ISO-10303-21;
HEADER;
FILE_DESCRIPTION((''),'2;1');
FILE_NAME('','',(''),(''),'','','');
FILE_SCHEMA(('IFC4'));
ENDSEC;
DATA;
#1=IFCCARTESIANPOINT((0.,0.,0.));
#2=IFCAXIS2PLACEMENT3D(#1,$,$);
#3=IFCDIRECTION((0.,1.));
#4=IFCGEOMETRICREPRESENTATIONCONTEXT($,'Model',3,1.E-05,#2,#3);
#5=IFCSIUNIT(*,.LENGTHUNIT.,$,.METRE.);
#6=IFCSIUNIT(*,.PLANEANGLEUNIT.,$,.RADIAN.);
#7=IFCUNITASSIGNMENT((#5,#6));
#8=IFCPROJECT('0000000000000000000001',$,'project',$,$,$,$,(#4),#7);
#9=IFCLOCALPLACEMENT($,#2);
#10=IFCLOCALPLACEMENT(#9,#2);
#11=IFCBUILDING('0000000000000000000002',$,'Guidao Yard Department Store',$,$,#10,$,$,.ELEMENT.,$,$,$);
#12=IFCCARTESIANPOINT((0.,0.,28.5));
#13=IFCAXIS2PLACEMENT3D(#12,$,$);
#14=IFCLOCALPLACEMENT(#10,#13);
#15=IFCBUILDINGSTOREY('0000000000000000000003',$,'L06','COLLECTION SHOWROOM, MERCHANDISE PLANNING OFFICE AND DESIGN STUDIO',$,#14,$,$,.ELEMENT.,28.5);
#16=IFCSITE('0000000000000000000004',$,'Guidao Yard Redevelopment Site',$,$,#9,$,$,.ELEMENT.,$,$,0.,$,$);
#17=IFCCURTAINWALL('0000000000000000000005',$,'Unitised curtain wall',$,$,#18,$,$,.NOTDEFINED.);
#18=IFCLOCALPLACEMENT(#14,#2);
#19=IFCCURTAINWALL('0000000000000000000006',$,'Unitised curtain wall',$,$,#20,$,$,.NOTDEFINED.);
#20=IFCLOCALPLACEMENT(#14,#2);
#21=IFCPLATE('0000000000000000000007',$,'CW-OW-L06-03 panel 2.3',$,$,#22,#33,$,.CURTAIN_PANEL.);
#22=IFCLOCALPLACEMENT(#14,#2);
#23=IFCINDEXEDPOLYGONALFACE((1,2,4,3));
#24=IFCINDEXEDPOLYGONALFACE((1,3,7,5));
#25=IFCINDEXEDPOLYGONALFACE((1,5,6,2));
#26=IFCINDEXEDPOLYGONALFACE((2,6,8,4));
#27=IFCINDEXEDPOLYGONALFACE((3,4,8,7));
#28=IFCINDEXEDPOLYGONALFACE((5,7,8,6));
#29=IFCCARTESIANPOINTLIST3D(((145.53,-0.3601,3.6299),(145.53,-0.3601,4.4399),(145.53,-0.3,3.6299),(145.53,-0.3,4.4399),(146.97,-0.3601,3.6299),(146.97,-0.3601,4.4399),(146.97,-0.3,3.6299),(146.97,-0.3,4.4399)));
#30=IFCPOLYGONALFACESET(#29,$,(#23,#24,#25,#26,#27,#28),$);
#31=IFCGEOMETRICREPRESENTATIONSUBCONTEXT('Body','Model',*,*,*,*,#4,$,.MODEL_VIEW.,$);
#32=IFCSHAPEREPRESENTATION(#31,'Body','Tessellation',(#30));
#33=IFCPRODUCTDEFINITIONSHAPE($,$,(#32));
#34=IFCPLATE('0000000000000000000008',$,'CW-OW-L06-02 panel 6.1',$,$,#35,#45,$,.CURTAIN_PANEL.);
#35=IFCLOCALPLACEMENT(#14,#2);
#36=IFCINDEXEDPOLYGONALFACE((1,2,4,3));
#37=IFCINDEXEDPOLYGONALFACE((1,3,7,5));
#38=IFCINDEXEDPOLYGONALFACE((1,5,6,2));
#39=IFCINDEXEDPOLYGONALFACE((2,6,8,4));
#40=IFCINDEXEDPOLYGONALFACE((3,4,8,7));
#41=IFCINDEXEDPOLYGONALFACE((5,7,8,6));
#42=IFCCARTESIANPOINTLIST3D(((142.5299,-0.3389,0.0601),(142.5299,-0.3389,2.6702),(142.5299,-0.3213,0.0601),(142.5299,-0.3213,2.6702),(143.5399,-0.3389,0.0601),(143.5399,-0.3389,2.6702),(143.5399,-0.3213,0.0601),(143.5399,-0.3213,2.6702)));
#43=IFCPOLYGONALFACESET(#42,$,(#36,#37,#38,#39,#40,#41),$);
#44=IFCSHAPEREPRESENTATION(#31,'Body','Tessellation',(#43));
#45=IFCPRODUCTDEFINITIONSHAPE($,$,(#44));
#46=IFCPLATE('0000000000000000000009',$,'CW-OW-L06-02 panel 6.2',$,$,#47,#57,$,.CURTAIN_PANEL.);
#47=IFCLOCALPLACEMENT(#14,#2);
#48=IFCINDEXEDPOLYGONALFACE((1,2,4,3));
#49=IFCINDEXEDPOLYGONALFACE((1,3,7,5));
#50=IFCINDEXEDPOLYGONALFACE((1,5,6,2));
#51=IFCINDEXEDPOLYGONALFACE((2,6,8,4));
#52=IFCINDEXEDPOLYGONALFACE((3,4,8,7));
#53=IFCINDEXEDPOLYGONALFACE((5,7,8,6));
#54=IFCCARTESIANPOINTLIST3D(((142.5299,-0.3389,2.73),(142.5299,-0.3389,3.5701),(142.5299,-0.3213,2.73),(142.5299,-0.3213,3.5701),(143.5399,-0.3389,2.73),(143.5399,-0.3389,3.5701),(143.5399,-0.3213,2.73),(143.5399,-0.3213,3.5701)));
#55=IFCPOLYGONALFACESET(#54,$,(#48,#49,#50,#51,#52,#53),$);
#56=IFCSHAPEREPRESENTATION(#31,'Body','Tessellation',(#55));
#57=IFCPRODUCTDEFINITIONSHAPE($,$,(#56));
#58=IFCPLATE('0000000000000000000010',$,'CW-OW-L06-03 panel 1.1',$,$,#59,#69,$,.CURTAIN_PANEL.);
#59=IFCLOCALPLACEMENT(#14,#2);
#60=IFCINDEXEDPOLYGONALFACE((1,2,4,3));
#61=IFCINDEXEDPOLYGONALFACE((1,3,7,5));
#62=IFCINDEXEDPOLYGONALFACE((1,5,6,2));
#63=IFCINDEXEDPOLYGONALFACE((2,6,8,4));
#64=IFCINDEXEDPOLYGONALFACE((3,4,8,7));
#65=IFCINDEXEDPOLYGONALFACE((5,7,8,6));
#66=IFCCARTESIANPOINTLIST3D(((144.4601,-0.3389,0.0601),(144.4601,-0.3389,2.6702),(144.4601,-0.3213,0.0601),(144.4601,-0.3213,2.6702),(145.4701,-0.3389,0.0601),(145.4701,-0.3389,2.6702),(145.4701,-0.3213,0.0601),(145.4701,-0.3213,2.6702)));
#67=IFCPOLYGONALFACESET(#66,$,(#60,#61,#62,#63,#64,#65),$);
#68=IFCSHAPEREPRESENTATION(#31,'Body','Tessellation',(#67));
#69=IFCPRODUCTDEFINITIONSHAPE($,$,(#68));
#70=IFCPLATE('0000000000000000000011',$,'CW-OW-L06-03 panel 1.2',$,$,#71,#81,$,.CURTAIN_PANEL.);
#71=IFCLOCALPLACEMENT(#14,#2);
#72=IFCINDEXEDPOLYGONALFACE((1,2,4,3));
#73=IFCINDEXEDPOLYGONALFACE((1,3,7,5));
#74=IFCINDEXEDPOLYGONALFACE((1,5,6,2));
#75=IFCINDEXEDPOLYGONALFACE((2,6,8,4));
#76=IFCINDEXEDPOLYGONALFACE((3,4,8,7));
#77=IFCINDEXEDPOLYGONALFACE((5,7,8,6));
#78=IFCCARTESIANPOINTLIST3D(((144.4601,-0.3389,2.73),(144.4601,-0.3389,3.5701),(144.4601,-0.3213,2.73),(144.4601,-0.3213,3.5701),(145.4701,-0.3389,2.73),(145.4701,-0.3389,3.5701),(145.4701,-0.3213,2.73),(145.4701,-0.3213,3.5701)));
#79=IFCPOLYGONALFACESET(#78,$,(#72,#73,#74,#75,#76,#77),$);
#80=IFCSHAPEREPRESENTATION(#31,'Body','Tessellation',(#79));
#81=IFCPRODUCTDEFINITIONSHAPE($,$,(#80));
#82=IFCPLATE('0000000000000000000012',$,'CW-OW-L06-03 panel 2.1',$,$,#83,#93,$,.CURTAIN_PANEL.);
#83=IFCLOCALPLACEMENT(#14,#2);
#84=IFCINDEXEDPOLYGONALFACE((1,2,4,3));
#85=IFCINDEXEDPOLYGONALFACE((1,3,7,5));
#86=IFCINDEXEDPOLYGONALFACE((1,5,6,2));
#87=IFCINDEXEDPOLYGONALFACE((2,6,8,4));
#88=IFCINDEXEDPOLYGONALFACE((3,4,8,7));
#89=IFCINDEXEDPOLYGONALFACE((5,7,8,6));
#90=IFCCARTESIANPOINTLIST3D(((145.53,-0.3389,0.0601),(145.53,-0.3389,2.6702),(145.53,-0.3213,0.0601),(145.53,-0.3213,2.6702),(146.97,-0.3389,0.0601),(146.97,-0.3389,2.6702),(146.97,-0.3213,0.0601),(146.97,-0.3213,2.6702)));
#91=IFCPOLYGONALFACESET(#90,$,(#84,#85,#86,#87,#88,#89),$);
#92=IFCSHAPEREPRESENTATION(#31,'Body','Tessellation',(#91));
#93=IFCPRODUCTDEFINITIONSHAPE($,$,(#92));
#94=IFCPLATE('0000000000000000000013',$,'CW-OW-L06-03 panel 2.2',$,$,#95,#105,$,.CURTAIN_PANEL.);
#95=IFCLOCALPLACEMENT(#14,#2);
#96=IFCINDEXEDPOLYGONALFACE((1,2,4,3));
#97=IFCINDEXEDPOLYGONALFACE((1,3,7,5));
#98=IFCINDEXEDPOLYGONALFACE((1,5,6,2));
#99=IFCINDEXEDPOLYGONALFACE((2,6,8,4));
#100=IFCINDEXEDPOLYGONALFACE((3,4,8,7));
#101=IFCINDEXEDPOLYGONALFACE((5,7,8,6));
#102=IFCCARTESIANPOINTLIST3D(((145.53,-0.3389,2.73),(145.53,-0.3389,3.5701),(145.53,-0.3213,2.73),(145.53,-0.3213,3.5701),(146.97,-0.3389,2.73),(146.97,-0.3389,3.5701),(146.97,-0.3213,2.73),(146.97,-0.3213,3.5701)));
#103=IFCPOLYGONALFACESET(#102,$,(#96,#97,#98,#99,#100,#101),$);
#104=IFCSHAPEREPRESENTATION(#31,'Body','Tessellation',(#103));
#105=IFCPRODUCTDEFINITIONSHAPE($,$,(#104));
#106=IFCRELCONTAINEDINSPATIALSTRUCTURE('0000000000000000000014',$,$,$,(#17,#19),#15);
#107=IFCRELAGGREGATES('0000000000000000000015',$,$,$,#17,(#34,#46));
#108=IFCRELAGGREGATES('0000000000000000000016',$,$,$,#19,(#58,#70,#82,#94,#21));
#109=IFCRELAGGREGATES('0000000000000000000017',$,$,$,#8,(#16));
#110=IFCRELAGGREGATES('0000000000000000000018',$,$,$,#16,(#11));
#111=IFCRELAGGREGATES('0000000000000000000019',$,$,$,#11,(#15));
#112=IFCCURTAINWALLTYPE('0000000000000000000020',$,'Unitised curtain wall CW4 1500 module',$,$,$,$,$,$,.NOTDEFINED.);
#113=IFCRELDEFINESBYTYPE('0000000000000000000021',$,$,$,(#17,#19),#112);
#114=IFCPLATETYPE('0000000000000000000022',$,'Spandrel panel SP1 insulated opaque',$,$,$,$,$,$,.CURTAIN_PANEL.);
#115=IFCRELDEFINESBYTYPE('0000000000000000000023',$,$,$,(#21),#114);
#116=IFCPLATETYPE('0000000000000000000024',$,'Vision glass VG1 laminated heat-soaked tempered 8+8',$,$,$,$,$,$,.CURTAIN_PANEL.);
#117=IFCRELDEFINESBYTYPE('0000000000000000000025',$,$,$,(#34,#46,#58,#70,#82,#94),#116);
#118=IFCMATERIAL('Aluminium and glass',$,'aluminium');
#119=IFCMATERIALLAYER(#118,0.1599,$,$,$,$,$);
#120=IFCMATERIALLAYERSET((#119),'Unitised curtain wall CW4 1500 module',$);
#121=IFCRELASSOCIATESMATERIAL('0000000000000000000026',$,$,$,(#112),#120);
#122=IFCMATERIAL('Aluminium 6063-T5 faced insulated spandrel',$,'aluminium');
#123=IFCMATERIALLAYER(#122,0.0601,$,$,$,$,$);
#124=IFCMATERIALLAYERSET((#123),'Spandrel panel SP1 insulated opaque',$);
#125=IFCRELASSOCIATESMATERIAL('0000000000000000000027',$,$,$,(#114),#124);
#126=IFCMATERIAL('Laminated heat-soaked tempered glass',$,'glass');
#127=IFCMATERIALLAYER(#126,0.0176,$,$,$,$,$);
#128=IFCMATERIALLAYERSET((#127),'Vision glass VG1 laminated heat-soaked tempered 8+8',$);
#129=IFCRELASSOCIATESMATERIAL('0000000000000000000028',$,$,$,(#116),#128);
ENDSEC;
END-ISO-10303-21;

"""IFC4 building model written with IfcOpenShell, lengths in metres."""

from ifc_helpers import new_model, si_unit, direction, frame, origin, origin_2d, place, context, subcontext, project, spatial, rectangle, extrude, material, layer, layer_set, type_object, element, aggregate, save


model = new_model("IFC4")

# Units and contexts
model_context = context("Model", 3, precision=1e-05, world=origin(), true_north=direction((0.0, 1.0)))
body_context = subcontext(model_context, "Body", "Model", "MODEL_VIEW")
ifc_project = project(units=[si_unit("LENGTHUNIT", "METRE"), si_unit("PLANEANGLEUNIT", "RADIAN")], contexts=[model_context])

# Site, building, storey
site_placement = place(None, origin())
site = spatial("IfcSite", under=ifc_project, at=site_placement, Name="Guidao Yard Redevelopment Site", CompositionType="ELEMENT", RefElevation=0.0)
building_placement = place(site_placement, origin())
building = spatial("IfcBuilding", under=site, at=building_placement, Name="Guidao Yard Department Store", CompositionType="ELEMENT")
storey_placement = place(building_placement, frame((0.0, 0.0, 28.5)))
storey = spatial("IfcBuildingStorey", under=building, at=storey_placement, Name="L06", Description="COLLECTION SHOWROOM, MERCHANDISE PLANNING OFFICE AND DESIGN STUDIO", CompositionType="ELEMENT", Elevation=28.5)

# Curtain walls
ifc_material_1 = material(Name="Aluminium and glass", Category="aluminium")
ifc_layer_1 = layer(ifc_material_1, 0.1599)
ifc_layer_set_1 = layer_set([ifc_layer_1], Name="Unitised curtain wall CW4 1500 module")
curtain_wall_type = type_object("IfcCurtainWallType", Name="Unitised curtain wall CW4 1500 module", PredefinedType="NOTDEFINED", material=ifc_layer_set_1)
curtain_wall_1_placement = place(storey_placement, origin())
curtain_wall_1 = element("IfcCurtainWall", 1, at=curtain_wall_1_placement, inside=storey, type_object=curtain_wall_type, Name="Unitised curtain wall", PredefinedType="NOTDEFINED")
curtain_wall_2_placement = place(storey_placement, origin())
curtain_wall_2 = element("IfcCurtainWall", 2, at=curtain_wall_2_placement, inside=storey, type_object=curtain_wall_type, Name="Unitised curtain wall", PredefinedType="NOTDEFINED")

# Plates
ifc_material_2 = material(Name="Aluminium 6063-T5 faced insulated spandrel", Category="aluminium")
ifc_layer_2 = layer(ifc_material_2, 0.0601)
ifc_layer_set_2 = layer_set([ifc_layer_2], Name="Spandrel panel SP1 insulated opaque")
plate_type_1 = type_object("IfcPlateType", Name="Spandrel panel SP1 insulated opaque", PredefinedType="CURTAIN_PANEL", material=ifc_layer_set_2)
plate_1_placement = place(storey_placement, frame((146.25, -0.3301, 3.6299), z_axis=(0.0, 0.0, 1.0), x_axis=(-1.0, 0.0, 0.0)))
plate_1 = element("IfcPlate", 3, at=plate_1_placement, type_object=plate_type_1, Name="CW-OW-L06-03 panel 2.3", PredefinedType="CURTAIN_PANEL", context=body_context, shape_type="SweptSolid", body=[
    extrude(rectangle(XDim=1.4399, YDim=0.0601, at=origin_2d()), origin(), (0.0, 0.0, 1.0), 0.8101),
])
ifc_material_3 = material(Name="Laminated heat-soaked tempered glass", Category="glass")
ifc_layer_3 = layer(ifc_material_3, 0.0176)
ifc_layer_set_3 = layer_set([ifc_layer_3], Name="Vision glass VG1 laminated heat-soaked tempered 8+8")
plate_type_2 = type_object("IfcPlateType", Name="Vision glass VG1 laminated heat-soaked tempered 8+8", PredefinedType="CURTAIN_PANEL", material=ifc_layer_set_3)
plate_2_placement = place(storey_placement, frame((143.0349, -0.3301, 0.0601), z_axis=(0.0, 0.0, 1.0), x_axis=(-1.0, 0.0, 0.0)))
plate_2 = element("IfcPlate", 4, at=plate_2_placement, type_object=plate_type_2, Name="CW-OW-L06-02 panel 6.1", PredefinedType="CURTAIN_PANEL", context=body_context, shape_type="SweptSolid", body=[
    extrude(rectangle(XDim=1.01, YDim=0.0176, at=origin_2d()), origin(), (0.0, 0.0, 1.0), 2.6101),
])
plate_3_placement = place(storey_placement, frame((143.0349, -0.3301, 2.73), z_axis=(0.0, 0.0, 1.0), x_axis=(-1.0, 0.0, 0.0)))
plate_3 = element("IfcPlate", 5, at=plate_3_placement, type_object=plate_type_2, Name="CW-OW-L06-02 panel 6.2", PredefinedType="CURTAIN_PANEL", context=body_context, shape_type="SweptSolid", body=[
    extrude(rectangle(XDim=1.01, YDim=0.0176, at=origin_2d()), origin(), (0.0, 0.0, 1.0), 0.8401),
])
aggregate(curtain_wall_1, [plate_2, plate_3])
plate_4_placement = place(storey_placement, frame((144.9651, -0.3301, 0.0601), z_axis=(0.0, 0.0, 1.0), x_axis=(-1.0, 0.0, 0.0)))
plate_4 = element("IfcPlate", 6, at=plate_4_placement, type_object=plate_type_2, Name="CW-OW-L06-03 panel 1.1", PredefinedType="CURTAIN_PANEL", context=body_context, shape_type="SweptSolid", body=[
    extrude(rectangle(XDim=1.01, YDim=0.0176, at=origin_2d()), origin(), (0.0, 0.0, 1.0), 2.6101),
])
plate_5_placement = place(storey_placement, frame((144.9651, -0.3301, 2.73), z_axis=(0.0, 0.0, 1.0), x_axis=(-1.0, 0.0, 0.0)))
plate_5 = element("IfcPlate", 7, at=plate_5_placement, type_object=plate_type_2, Name="CW-OW-L06-03 panel 1.2", PredefinedType="CURTAIN_PANEL", context=body_context, shape_type="SweptSolid", body=[
    extrude(rectangle(XDim=1.01, YDim=0.0176, at=origin_2d()), origin(), (0.0, 0.0, 1.0), 0.8401),
])
plate_6_placement = place(storey_placement, frame((146.25, -0.3301, 0.0601), z_axis=(0.0, 0.0, 1.0), x_axis=(-1.0, 0.0, 0.0)))
plate_6 = element("IfcPlate", 8, at=plate_6_placement, type_object=plate_type_2, Name="CW-OW-L06-03 panel 2.1", PredefinedType="CURTAIN_PANEL", context=body_context, shape_type="SweptSolid", body=[
    extrude(rectangle(XDim=1.4399, YDim=0.0176, at=origin_2d()), origin(), (0.0, 0.0, 1.0), 2.6101),
])
plate_7_placement = place(storey_placement, frame((146.25, -0.3301, 2.73), z_axis=(0.0, 0.0, 1.0), x_axis=(-1.0, 0.0, 0.0)))
plate_7 = element("IfcPlate", 9, at=plate_7_placement, type_object=plate_type_2, Name="CW-OW-L06-03 panel 2.2", PredefinedType="CURTAIN_PANEL", context=body_context, shape_type="SweptSolid", body=[
    extrude(rectangle(XDim=1.4399, YDim=0.0176, at=origin_2d()), origin(), (0.0, 0.0, 1.0), 0.8401),
])
aggregate(curtain_wall_2, [plate_4, plate_5, plate_6, plate_7, plate_1])

save(model, "model.ifc")
